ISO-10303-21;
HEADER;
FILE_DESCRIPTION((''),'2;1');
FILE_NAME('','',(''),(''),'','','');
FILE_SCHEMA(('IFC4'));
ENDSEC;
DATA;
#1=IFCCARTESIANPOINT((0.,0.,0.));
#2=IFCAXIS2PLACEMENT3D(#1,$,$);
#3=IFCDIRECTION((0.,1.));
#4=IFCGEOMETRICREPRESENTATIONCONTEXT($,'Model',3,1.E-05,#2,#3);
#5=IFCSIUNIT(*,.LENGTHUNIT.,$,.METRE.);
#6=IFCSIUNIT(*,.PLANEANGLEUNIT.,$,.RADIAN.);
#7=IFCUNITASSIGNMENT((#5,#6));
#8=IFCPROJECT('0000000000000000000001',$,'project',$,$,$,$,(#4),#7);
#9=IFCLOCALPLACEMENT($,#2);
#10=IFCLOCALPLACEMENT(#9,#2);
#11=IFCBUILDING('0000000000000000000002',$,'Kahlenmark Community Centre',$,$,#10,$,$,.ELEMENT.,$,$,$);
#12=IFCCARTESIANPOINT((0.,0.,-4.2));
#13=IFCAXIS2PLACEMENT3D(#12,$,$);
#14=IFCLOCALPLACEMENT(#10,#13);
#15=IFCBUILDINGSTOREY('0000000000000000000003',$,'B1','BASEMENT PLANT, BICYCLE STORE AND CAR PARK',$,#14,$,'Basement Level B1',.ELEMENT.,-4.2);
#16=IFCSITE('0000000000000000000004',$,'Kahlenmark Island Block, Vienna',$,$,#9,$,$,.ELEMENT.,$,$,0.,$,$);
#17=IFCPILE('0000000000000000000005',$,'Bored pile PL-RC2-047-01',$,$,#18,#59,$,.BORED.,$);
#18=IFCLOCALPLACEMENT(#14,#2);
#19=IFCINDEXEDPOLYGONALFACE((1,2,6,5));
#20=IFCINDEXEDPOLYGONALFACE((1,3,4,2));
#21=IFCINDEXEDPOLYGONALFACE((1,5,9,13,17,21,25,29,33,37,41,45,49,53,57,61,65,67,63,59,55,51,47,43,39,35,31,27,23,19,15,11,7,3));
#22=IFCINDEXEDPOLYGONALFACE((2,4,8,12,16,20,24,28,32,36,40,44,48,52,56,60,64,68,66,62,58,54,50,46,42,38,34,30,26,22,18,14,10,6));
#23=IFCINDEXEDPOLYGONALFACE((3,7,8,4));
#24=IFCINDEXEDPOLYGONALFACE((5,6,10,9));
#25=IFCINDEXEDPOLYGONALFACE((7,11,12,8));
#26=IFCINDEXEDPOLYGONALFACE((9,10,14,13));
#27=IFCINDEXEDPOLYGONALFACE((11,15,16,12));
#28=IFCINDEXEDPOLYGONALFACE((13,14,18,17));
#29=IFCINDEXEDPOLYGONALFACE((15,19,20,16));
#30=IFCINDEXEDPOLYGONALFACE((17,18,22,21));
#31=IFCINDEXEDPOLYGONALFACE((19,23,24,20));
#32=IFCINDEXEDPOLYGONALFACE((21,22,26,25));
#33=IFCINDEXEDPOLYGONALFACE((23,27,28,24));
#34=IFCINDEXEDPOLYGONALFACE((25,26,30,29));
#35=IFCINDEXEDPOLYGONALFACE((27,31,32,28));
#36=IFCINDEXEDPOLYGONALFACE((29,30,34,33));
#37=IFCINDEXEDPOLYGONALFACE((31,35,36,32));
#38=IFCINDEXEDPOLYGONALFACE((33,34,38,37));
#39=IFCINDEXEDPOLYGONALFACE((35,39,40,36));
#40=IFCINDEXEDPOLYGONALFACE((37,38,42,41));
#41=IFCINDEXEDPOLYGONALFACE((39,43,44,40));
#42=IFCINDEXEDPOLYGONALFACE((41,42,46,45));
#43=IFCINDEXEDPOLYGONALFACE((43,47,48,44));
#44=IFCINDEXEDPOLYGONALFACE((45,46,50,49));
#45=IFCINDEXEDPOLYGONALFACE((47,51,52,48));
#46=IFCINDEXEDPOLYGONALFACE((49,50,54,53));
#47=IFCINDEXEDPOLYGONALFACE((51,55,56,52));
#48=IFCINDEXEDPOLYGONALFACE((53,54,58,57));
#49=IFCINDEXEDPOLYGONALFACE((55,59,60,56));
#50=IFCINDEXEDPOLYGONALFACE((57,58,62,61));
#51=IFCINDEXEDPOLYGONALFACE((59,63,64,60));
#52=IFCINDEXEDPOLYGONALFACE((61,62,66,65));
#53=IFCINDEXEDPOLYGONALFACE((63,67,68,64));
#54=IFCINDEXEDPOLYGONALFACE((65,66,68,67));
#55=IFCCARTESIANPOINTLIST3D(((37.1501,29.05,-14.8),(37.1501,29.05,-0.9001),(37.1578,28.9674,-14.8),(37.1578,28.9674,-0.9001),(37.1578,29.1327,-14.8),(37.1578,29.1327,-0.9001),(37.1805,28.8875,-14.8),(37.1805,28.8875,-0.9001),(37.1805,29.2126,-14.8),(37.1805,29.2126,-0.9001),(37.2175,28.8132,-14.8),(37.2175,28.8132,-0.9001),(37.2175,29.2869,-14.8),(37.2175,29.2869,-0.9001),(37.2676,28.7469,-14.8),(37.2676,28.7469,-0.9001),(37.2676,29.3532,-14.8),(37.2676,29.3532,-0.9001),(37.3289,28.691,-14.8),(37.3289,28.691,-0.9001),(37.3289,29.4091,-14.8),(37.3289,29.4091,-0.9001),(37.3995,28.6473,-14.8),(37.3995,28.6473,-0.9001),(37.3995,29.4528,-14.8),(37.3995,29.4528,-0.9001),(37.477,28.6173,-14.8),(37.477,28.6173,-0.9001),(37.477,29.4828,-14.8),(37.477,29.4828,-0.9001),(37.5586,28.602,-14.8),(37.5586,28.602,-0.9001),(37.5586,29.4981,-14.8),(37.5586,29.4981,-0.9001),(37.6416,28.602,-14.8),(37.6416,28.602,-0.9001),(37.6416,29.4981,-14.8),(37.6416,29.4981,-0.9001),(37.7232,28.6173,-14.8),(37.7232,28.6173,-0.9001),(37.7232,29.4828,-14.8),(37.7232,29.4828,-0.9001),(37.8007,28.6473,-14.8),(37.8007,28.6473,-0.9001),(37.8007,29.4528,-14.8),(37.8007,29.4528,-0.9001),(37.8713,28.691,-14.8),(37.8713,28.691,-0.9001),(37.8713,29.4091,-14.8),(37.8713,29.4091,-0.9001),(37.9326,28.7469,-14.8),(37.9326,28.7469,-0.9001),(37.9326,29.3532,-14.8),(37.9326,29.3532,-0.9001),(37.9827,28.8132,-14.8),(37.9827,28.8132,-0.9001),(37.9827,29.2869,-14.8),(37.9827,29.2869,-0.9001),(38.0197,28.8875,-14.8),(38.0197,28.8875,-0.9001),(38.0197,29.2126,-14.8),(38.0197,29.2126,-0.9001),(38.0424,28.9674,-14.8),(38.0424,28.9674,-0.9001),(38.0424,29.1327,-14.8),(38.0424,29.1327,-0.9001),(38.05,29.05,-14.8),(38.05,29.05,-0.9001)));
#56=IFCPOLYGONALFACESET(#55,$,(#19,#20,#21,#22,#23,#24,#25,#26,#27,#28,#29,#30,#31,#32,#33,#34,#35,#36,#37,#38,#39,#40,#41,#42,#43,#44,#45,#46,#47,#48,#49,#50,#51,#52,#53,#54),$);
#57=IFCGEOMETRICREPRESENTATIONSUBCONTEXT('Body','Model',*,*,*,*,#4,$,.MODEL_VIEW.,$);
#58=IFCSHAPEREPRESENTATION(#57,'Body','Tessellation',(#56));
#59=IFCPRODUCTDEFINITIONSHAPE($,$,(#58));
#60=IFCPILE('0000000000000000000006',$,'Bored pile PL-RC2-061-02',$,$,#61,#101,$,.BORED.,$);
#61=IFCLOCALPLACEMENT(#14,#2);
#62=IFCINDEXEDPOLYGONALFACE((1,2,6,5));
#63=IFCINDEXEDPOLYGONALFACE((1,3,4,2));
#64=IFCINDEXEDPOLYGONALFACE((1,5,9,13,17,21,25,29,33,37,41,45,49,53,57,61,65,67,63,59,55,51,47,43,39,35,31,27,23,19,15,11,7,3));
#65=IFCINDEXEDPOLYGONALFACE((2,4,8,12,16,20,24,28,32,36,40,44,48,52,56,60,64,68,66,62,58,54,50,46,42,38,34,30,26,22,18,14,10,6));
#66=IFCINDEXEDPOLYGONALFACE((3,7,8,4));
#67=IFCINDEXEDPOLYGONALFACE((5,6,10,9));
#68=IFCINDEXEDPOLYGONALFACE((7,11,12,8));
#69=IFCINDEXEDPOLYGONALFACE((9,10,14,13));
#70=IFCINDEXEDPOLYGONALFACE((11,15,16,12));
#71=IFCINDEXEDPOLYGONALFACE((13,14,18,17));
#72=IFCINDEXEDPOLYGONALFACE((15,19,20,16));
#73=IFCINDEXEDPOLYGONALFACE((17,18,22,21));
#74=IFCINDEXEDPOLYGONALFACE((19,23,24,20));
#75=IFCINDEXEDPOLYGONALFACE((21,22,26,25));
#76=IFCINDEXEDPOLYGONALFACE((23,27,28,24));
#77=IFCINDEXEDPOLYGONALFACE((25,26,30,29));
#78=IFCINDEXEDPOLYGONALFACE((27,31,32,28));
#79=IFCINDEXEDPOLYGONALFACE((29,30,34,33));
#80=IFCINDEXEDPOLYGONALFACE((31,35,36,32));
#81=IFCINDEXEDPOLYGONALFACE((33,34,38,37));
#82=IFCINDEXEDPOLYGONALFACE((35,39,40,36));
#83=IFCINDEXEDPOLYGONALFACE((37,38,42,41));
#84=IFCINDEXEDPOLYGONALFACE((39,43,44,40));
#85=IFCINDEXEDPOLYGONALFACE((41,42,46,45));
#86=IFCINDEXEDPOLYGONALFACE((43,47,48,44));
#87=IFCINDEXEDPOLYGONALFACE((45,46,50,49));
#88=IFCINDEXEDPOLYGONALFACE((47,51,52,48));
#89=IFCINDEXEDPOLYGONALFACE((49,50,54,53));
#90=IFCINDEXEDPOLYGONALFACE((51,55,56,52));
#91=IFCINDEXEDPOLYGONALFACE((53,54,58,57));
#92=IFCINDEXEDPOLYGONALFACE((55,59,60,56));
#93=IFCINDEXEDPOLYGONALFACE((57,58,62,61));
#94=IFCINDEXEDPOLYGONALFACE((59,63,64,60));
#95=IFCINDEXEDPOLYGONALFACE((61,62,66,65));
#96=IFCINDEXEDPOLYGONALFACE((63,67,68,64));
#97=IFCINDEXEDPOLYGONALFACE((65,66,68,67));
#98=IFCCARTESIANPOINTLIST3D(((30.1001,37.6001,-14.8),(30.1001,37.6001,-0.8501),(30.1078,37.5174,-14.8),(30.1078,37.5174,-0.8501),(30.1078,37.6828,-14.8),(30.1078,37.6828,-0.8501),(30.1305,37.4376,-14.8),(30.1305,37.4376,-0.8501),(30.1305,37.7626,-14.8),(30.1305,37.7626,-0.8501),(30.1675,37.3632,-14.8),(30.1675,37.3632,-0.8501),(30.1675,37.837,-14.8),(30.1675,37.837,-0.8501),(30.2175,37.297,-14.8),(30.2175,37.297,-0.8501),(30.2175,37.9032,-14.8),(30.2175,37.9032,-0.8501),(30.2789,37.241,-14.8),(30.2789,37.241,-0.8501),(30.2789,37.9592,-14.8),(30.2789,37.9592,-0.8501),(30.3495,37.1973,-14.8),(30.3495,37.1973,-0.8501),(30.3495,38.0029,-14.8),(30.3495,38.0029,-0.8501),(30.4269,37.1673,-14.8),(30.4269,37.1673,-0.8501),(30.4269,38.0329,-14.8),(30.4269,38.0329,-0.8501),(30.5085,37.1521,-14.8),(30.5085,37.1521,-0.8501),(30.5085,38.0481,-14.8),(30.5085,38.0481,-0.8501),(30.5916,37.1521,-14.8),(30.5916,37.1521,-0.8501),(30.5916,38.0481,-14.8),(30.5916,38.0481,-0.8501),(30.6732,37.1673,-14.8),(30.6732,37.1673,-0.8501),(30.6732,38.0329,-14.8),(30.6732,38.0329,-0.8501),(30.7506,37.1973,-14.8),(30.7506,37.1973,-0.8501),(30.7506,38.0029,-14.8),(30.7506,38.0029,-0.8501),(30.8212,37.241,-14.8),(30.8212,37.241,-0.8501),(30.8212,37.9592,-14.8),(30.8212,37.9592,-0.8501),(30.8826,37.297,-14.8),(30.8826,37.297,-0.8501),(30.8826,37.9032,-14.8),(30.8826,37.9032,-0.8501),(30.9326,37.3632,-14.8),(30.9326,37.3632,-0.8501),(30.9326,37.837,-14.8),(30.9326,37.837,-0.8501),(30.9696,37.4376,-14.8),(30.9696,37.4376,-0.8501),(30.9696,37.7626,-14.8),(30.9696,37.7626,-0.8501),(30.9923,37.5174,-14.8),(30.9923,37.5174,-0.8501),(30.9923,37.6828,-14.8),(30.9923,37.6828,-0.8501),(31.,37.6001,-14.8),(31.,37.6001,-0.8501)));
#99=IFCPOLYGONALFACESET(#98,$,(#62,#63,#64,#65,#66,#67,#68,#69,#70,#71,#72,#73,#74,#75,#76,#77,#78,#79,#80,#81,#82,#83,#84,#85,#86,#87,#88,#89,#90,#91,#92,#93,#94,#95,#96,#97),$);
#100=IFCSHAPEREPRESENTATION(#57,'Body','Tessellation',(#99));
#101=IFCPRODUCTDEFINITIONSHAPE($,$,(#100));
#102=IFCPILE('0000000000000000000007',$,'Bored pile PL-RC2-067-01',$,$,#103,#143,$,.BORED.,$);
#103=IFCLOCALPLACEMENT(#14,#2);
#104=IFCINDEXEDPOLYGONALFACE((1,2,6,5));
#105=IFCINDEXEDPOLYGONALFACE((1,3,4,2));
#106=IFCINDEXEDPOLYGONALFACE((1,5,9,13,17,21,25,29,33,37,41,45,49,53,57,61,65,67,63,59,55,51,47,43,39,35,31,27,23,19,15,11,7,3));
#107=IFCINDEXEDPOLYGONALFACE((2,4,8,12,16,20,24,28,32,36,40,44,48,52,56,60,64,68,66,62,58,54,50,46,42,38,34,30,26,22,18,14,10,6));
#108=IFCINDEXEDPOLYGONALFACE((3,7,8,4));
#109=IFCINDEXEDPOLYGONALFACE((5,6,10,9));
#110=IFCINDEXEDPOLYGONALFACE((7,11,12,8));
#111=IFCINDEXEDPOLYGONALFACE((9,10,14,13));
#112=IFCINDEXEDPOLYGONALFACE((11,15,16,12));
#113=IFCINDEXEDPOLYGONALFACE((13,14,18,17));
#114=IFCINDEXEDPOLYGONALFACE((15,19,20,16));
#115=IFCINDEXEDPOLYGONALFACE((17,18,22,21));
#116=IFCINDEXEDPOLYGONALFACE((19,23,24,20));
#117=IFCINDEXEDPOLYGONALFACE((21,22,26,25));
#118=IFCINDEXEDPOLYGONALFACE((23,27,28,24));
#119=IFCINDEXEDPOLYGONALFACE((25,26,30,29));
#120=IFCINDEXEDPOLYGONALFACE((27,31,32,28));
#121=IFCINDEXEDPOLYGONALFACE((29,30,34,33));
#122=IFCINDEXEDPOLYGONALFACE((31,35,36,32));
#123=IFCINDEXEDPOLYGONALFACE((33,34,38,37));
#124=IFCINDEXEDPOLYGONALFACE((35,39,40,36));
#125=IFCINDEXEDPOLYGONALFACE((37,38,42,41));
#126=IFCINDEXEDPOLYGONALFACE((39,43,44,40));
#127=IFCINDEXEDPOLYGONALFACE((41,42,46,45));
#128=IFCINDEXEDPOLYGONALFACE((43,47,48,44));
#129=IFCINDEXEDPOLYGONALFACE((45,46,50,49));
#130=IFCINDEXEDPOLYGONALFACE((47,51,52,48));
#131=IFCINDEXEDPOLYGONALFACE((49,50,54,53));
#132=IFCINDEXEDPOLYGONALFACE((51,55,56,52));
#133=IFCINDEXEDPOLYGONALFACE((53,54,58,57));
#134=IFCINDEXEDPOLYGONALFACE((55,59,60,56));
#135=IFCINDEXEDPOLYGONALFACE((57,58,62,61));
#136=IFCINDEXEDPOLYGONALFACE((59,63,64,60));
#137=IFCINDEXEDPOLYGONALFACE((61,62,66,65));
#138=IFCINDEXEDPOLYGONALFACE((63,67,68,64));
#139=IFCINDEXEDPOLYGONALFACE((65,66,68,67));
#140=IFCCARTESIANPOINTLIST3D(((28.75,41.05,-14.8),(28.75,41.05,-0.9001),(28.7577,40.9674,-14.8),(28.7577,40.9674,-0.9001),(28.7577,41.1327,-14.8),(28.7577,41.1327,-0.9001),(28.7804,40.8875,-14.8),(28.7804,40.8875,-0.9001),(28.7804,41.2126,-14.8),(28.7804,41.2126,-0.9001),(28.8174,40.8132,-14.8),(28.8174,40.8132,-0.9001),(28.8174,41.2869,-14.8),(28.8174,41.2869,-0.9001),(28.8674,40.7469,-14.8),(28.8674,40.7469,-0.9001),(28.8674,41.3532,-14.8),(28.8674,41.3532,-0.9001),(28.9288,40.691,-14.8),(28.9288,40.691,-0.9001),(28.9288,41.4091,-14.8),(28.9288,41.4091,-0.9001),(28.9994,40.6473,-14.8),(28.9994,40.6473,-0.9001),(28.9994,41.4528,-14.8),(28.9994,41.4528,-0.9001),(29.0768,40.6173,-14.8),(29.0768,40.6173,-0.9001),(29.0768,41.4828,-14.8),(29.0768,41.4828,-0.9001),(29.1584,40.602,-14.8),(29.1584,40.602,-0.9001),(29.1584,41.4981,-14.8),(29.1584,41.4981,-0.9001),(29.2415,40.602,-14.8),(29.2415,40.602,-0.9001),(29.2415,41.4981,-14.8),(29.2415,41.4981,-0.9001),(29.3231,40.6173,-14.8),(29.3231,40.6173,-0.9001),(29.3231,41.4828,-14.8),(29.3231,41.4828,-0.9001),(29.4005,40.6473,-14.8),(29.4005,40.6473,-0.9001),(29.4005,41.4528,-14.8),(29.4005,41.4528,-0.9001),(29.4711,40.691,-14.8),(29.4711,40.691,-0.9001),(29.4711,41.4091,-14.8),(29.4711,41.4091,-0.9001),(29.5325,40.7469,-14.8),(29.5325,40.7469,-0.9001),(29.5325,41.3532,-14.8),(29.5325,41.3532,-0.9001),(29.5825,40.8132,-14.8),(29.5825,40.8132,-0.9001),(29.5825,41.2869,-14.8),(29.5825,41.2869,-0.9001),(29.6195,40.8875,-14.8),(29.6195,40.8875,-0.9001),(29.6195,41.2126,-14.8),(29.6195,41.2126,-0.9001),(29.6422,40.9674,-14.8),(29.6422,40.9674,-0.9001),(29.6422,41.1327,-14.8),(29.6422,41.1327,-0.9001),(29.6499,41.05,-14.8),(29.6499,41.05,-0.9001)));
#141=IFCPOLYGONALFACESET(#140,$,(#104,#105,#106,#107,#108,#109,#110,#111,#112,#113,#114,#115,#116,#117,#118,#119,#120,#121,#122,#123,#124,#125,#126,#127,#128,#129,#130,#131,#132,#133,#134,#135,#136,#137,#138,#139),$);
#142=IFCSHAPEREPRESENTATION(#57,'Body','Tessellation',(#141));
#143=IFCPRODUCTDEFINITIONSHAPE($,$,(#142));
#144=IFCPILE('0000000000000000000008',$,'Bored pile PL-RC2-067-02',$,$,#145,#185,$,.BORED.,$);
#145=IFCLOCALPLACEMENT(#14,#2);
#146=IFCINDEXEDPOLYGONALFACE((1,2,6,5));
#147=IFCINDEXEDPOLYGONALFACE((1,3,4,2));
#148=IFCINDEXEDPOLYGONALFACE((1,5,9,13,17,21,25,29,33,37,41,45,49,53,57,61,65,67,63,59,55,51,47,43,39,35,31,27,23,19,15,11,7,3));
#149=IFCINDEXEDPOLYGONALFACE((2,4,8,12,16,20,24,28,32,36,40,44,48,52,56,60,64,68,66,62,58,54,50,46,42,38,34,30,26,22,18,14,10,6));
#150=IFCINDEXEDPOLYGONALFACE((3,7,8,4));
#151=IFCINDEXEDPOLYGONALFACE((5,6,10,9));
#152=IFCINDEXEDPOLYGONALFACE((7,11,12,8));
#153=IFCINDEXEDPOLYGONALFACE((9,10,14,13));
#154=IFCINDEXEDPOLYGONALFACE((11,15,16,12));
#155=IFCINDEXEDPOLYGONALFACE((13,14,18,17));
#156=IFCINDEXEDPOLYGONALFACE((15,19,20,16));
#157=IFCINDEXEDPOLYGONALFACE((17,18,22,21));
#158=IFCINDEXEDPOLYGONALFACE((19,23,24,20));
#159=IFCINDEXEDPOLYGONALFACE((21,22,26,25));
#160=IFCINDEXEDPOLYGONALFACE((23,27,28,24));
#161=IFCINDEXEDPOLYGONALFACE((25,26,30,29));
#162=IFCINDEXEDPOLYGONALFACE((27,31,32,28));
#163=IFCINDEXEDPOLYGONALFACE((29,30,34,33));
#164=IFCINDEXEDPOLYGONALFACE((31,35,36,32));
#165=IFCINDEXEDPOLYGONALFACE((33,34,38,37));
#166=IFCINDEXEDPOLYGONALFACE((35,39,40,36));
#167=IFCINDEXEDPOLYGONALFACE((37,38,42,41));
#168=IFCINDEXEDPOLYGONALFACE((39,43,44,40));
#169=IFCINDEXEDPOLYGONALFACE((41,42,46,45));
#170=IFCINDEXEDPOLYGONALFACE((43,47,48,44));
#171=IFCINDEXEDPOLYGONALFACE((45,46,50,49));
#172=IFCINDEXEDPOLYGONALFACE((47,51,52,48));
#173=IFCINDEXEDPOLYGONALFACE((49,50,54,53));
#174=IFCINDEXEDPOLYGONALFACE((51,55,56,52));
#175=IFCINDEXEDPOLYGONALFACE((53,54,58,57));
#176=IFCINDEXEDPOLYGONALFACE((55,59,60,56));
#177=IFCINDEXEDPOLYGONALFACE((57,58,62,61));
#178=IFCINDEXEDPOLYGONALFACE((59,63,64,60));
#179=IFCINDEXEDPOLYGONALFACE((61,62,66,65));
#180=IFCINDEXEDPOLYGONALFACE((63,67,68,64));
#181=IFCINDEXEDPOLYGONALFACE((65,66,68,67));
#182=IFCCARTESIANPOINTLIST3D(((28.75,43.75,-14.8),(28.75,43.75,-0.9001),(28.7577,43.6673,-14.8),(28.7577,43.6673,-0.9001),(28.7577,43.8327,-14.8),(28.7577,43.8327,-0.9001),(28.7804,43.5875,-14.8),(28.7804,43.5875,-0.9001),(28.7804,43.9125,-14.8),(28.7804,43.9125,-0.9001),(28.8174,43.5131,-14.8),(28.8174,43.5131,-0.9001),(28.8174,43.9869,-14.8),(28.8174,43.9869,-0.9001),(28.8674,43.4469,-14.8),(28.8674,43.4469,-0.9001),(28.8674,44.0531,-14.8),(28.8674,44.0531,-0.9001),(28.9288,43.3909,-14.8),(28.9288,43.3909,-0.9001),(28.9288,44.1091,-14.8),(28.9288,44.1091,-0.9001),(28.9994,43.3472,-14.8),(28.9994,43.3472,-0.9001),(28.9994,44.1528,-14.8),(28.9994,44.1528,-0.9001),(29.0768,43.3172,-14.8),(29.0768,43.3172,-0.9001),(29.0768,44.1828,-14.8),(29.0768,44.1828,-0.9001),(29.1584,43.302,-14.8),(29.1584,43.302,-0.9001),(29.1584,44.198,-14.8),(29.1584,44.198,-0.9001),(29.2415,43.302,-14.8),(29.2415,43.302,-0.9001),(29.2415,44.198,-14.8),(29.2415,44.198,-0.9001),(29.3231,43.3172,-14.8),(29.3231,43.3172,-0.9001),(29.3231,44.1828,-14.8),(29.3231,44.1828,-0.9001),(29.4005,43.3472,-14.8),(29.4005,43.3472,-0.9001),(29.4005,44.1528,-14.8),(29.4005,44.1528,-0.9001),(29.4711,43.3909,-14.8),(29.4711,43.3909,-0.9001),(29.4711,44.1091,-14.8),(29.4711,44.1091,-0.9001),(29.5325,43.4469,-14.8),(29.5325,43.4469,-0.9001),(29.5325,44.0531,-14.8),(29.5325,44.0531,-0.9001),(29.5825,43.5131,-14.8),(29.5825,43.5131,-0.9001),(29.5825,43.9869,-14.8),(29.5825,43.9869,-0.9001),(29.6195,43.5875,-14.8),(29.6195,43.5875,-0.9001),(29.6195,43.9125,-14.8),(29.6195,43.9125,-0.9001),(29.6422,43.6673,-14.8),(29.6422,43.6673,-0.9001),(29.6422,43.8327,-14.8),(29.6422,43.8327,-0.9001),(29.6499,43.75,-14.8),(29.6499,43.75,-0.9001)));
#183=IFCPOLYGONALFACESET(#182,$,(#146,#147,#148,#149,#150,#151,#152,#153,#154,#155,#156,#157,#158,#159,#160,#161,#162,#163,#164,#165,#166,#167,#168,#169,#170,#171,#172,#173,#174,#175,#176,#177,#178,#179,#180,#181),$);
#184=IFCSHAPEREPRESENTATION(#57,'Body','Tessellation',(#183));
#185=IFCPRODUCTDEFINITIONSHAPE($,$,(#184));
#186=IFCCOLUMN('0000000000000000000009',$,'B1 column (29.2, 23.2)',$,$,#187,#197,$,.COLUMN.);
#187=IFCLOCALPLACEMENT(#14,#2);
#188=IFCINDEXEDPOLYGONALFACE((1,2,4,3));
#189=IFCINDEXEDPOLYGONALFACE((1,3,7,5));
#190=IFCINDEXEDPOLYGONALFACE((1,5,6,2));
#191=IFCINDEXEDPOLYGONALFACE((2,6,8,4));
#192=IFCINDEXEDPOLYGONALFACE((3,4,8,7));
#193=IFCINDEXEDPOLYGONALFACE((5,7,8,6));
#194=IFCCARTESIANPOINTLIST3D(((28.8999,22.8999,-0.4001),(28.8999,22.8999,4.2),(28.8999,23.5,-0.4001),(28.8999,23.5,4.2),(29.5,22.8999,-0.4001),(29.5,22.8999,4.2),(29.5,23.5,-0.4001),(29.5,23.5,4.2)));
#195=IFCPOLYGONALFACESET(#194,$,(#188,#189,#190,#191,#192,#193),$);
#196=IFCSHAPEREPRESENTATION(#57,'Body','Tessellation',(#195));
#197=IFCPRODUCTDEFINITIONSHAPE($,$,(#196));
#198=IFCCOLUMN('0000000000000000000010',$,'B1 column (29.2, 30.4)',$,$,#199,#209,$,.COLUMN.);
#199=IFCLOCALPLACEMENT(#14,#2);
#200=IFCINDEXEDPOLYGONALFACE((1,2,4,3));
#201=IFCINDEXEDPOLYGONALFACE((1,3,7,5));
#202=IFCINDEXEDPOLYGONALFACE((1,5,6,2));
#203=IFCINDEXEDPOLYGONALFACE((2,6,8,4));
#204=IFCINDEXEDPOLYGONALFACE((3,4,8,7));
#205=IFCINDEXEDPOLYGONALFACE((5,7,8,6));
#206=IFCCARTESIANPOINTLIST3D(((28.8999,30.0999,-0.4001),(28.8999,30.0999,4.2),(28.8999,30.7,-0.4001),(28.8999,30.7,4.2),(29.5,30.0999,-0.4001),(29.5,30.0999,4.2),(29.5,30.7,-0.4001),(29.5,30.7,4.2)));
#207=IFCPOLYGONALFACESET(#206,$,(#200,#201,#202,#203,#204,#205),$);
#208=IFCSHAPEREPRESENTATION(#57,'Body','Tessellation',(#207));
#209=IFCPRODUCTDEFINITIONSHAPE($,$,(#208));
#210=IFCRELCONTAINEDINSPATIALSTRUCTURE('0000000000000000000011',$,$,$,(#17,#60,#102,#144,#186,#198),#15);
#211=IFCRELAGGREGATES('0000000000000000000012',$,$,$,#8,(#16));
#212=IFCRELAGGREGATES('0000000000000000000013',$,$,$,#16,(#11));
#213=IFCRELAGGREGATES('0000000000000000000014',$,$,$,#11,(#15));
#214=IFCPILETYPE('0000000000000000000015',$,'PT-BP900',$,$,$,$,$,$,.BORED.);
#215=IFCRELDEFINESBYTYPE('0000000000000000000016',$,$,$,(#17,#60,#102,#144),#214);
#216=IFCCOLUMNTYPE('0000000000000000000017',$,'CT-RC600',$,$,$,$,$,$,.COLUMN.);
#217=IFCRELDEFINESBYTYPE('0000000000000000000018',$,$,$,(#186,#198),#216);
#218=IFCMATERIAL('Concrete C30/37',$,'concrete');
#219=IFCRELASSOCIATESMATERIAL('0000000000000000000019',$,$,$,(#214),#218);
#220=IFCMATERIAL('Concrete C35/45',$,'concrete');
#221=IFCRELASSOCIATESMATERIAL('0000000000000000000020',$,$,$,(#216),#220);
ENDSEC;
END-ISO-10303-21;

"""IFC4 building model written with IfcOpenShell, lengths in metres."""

from ifc_helpers import new_model, si_unit, direction, frame, origin, origin_2d, place, context, subcontext, project, spatial, rectangle, circle, extrude, material, material_profile, profile_set, type_object, element, save


model = new_model("IFC4")

# Units and contexts
model_context = context("Model", 3, precision=1e-05, world=origin(), true_north=direction((0.0, 1.0)))
body_context = subcontext(model_context, "Body", "Model", "MODEL_VIEW")
ifc_project = project(units=[si_unit("LENGTHUNIT", "METRE"), si_unit("PLANEANGLEUNIT", "RADIAN")], contexts=[model_context])

# Site, building, storey
site_placement = place(None, origin())
site = spatial("IfcSite", under=ifc_project, at=site_placement, Name="Kahlenmark Island Block, Vienna", CompositionType="ELEMENT", RefElevation=0.0)
building_placement = place(site_placement, origin())
building = spatial("IfcBuilding", under=site, at=building_placement, Name="Kahlenmark Community Centre", CompositionType="ELEMENT")
storey_placement = place(building_placement, frame((0.0, 0.0, -4.2)))
storey = spatial("IfcBuildingStorey", under=building, at=storey_placement, Name="B1", Description="BASEMENT PLANT, BICYCLE STORE AND CAR PARK", LongName="Basement Level B1", CompositionType="ELEMENT", Elevation=-4.2)

# Shared definitions
ifc_material_1 = material(Name="Concrete C30/37", Category="concrete")

# Piles
ifc_material_profile_1 = material_profile(ifc_material_1, circle(Radius=0.45, at=origin_2d()), Name="BORED PILE 900")
ifc_profile_set_1 = profile_set([ifc_material_profile_1], Name="Concrete C30/37")
pile_type_1 = type_object("IfcPileType", Name="PT-BP900", PredefinedType="BORED", material=ifc_profile_set_1)
pile_1_placement = place(storey_placement, frame((37.6001, 29.05, -0.9001), z_axis=(0.0, 0.0, -1.0), x_axis=(1.0, 0.0, 0.0)))
element("IfcPile", 1, at=pile_1_placement, inside=storey, type_object=pile_type_1, Name="Bored pile PL-RC2-047-01", PredefinedType="BORED", context=body_context, shape_type="SweptSolid", body=[
    extrude(circle(Radius=0.45, at=origin_2d()), origin(), (0.0, 0.0, 1.0), 13.8999),
])
pile_2_placement = place(storey_placement, frame((30.55, 37.6001, -0.8501), z_axis=(0.0, 0.0, -1.0), x_axis=(1.0, 0.0, 0.0)))
element("IfcPile", 2, at=pile_2_placement, inside=storey, type_object=pile_type_1, Name="Bored pile PL-RC2-061-02", PredefinedType="BORED", context=body_context, shape_type="SweptSolid", body=[
    extrude(circle(Radius=0.45, at=origin_2d()), origin(), (0.0, 0.0, 1.0), 13.95),
])
for number, where, z_axis, x_axis, name in (
    (3, (29.2, 41.05, -0.9001), (0.0, 0.0, -1.0), (1.0, 0.0, 0.0), "Bored pile PL-RC2-067-01"),
    (4, (29.2, 43.75, -0.9001), (0.0, 0.0, -1.0), (1.0, 0.0, 0.0), "Bored pile PL-RC2-067-02"),
):
    element("IfcPile", number, at=place(storey_placement, frame(where, z_axis=z_axis, x_axis=x_axis)), inside=storey, type_object=pile_type_1, Name=name, PredefinedType="BORED", context=body_context, shape_type="SweptSolid", body=[
        extrude(circle(Radius=0.45, at=origin_2d()), origin(), (0.0, 0.0, 1.0), 13.8999),
    ])

# Columns
ifc_material_2 = material(Name="Concrete C35/45", Category="concrete")
ifc_material_profile_2 = material_profile(ifc_material_2, rectangle(XDim=0.6001, YDim=0.6001, at=origin_2d()), Name="RC 600x600")
ifc_profile_set_2 = profile_set([ifc_material_profile_2], Name="Concrete C35/45")
column_type = type_object("IfcColumnType", Name="CT-RC600", PredefinedType="COLUMN", material=ifc_profile_set_2)
for number, where, z_axis, x_axis, name in (
    (5, (29.2, 23.2, -0.4001), (0.0, 0.0, 1.0), (1.0, 0.0, 0.0), "B1 column (29.2, 23.2)"),
    (6, (29.2, 30.3999, -0.4001), (0.0, 0.0, 1.0), (1.0, 0.0, 0.0), "B1 column (29.2, 30.4)"),
):
    element("IfcColumn", number, at=place(storey_placement, frame(where, z_axis=z_axis, x_axis=x_axis)), inside=storey, type_object=column_type, Name=name, PredefinedType="COLUMN", context=body_context, shape_type="SweptSolid", body=[
        extrude(rectangle(XDim=0.6001, YDim=0.6001, at=origin_2d()), origin(), (0.0, 0.0, 1.0), 4.6001),
    ])

save(model, "model.ifc")
